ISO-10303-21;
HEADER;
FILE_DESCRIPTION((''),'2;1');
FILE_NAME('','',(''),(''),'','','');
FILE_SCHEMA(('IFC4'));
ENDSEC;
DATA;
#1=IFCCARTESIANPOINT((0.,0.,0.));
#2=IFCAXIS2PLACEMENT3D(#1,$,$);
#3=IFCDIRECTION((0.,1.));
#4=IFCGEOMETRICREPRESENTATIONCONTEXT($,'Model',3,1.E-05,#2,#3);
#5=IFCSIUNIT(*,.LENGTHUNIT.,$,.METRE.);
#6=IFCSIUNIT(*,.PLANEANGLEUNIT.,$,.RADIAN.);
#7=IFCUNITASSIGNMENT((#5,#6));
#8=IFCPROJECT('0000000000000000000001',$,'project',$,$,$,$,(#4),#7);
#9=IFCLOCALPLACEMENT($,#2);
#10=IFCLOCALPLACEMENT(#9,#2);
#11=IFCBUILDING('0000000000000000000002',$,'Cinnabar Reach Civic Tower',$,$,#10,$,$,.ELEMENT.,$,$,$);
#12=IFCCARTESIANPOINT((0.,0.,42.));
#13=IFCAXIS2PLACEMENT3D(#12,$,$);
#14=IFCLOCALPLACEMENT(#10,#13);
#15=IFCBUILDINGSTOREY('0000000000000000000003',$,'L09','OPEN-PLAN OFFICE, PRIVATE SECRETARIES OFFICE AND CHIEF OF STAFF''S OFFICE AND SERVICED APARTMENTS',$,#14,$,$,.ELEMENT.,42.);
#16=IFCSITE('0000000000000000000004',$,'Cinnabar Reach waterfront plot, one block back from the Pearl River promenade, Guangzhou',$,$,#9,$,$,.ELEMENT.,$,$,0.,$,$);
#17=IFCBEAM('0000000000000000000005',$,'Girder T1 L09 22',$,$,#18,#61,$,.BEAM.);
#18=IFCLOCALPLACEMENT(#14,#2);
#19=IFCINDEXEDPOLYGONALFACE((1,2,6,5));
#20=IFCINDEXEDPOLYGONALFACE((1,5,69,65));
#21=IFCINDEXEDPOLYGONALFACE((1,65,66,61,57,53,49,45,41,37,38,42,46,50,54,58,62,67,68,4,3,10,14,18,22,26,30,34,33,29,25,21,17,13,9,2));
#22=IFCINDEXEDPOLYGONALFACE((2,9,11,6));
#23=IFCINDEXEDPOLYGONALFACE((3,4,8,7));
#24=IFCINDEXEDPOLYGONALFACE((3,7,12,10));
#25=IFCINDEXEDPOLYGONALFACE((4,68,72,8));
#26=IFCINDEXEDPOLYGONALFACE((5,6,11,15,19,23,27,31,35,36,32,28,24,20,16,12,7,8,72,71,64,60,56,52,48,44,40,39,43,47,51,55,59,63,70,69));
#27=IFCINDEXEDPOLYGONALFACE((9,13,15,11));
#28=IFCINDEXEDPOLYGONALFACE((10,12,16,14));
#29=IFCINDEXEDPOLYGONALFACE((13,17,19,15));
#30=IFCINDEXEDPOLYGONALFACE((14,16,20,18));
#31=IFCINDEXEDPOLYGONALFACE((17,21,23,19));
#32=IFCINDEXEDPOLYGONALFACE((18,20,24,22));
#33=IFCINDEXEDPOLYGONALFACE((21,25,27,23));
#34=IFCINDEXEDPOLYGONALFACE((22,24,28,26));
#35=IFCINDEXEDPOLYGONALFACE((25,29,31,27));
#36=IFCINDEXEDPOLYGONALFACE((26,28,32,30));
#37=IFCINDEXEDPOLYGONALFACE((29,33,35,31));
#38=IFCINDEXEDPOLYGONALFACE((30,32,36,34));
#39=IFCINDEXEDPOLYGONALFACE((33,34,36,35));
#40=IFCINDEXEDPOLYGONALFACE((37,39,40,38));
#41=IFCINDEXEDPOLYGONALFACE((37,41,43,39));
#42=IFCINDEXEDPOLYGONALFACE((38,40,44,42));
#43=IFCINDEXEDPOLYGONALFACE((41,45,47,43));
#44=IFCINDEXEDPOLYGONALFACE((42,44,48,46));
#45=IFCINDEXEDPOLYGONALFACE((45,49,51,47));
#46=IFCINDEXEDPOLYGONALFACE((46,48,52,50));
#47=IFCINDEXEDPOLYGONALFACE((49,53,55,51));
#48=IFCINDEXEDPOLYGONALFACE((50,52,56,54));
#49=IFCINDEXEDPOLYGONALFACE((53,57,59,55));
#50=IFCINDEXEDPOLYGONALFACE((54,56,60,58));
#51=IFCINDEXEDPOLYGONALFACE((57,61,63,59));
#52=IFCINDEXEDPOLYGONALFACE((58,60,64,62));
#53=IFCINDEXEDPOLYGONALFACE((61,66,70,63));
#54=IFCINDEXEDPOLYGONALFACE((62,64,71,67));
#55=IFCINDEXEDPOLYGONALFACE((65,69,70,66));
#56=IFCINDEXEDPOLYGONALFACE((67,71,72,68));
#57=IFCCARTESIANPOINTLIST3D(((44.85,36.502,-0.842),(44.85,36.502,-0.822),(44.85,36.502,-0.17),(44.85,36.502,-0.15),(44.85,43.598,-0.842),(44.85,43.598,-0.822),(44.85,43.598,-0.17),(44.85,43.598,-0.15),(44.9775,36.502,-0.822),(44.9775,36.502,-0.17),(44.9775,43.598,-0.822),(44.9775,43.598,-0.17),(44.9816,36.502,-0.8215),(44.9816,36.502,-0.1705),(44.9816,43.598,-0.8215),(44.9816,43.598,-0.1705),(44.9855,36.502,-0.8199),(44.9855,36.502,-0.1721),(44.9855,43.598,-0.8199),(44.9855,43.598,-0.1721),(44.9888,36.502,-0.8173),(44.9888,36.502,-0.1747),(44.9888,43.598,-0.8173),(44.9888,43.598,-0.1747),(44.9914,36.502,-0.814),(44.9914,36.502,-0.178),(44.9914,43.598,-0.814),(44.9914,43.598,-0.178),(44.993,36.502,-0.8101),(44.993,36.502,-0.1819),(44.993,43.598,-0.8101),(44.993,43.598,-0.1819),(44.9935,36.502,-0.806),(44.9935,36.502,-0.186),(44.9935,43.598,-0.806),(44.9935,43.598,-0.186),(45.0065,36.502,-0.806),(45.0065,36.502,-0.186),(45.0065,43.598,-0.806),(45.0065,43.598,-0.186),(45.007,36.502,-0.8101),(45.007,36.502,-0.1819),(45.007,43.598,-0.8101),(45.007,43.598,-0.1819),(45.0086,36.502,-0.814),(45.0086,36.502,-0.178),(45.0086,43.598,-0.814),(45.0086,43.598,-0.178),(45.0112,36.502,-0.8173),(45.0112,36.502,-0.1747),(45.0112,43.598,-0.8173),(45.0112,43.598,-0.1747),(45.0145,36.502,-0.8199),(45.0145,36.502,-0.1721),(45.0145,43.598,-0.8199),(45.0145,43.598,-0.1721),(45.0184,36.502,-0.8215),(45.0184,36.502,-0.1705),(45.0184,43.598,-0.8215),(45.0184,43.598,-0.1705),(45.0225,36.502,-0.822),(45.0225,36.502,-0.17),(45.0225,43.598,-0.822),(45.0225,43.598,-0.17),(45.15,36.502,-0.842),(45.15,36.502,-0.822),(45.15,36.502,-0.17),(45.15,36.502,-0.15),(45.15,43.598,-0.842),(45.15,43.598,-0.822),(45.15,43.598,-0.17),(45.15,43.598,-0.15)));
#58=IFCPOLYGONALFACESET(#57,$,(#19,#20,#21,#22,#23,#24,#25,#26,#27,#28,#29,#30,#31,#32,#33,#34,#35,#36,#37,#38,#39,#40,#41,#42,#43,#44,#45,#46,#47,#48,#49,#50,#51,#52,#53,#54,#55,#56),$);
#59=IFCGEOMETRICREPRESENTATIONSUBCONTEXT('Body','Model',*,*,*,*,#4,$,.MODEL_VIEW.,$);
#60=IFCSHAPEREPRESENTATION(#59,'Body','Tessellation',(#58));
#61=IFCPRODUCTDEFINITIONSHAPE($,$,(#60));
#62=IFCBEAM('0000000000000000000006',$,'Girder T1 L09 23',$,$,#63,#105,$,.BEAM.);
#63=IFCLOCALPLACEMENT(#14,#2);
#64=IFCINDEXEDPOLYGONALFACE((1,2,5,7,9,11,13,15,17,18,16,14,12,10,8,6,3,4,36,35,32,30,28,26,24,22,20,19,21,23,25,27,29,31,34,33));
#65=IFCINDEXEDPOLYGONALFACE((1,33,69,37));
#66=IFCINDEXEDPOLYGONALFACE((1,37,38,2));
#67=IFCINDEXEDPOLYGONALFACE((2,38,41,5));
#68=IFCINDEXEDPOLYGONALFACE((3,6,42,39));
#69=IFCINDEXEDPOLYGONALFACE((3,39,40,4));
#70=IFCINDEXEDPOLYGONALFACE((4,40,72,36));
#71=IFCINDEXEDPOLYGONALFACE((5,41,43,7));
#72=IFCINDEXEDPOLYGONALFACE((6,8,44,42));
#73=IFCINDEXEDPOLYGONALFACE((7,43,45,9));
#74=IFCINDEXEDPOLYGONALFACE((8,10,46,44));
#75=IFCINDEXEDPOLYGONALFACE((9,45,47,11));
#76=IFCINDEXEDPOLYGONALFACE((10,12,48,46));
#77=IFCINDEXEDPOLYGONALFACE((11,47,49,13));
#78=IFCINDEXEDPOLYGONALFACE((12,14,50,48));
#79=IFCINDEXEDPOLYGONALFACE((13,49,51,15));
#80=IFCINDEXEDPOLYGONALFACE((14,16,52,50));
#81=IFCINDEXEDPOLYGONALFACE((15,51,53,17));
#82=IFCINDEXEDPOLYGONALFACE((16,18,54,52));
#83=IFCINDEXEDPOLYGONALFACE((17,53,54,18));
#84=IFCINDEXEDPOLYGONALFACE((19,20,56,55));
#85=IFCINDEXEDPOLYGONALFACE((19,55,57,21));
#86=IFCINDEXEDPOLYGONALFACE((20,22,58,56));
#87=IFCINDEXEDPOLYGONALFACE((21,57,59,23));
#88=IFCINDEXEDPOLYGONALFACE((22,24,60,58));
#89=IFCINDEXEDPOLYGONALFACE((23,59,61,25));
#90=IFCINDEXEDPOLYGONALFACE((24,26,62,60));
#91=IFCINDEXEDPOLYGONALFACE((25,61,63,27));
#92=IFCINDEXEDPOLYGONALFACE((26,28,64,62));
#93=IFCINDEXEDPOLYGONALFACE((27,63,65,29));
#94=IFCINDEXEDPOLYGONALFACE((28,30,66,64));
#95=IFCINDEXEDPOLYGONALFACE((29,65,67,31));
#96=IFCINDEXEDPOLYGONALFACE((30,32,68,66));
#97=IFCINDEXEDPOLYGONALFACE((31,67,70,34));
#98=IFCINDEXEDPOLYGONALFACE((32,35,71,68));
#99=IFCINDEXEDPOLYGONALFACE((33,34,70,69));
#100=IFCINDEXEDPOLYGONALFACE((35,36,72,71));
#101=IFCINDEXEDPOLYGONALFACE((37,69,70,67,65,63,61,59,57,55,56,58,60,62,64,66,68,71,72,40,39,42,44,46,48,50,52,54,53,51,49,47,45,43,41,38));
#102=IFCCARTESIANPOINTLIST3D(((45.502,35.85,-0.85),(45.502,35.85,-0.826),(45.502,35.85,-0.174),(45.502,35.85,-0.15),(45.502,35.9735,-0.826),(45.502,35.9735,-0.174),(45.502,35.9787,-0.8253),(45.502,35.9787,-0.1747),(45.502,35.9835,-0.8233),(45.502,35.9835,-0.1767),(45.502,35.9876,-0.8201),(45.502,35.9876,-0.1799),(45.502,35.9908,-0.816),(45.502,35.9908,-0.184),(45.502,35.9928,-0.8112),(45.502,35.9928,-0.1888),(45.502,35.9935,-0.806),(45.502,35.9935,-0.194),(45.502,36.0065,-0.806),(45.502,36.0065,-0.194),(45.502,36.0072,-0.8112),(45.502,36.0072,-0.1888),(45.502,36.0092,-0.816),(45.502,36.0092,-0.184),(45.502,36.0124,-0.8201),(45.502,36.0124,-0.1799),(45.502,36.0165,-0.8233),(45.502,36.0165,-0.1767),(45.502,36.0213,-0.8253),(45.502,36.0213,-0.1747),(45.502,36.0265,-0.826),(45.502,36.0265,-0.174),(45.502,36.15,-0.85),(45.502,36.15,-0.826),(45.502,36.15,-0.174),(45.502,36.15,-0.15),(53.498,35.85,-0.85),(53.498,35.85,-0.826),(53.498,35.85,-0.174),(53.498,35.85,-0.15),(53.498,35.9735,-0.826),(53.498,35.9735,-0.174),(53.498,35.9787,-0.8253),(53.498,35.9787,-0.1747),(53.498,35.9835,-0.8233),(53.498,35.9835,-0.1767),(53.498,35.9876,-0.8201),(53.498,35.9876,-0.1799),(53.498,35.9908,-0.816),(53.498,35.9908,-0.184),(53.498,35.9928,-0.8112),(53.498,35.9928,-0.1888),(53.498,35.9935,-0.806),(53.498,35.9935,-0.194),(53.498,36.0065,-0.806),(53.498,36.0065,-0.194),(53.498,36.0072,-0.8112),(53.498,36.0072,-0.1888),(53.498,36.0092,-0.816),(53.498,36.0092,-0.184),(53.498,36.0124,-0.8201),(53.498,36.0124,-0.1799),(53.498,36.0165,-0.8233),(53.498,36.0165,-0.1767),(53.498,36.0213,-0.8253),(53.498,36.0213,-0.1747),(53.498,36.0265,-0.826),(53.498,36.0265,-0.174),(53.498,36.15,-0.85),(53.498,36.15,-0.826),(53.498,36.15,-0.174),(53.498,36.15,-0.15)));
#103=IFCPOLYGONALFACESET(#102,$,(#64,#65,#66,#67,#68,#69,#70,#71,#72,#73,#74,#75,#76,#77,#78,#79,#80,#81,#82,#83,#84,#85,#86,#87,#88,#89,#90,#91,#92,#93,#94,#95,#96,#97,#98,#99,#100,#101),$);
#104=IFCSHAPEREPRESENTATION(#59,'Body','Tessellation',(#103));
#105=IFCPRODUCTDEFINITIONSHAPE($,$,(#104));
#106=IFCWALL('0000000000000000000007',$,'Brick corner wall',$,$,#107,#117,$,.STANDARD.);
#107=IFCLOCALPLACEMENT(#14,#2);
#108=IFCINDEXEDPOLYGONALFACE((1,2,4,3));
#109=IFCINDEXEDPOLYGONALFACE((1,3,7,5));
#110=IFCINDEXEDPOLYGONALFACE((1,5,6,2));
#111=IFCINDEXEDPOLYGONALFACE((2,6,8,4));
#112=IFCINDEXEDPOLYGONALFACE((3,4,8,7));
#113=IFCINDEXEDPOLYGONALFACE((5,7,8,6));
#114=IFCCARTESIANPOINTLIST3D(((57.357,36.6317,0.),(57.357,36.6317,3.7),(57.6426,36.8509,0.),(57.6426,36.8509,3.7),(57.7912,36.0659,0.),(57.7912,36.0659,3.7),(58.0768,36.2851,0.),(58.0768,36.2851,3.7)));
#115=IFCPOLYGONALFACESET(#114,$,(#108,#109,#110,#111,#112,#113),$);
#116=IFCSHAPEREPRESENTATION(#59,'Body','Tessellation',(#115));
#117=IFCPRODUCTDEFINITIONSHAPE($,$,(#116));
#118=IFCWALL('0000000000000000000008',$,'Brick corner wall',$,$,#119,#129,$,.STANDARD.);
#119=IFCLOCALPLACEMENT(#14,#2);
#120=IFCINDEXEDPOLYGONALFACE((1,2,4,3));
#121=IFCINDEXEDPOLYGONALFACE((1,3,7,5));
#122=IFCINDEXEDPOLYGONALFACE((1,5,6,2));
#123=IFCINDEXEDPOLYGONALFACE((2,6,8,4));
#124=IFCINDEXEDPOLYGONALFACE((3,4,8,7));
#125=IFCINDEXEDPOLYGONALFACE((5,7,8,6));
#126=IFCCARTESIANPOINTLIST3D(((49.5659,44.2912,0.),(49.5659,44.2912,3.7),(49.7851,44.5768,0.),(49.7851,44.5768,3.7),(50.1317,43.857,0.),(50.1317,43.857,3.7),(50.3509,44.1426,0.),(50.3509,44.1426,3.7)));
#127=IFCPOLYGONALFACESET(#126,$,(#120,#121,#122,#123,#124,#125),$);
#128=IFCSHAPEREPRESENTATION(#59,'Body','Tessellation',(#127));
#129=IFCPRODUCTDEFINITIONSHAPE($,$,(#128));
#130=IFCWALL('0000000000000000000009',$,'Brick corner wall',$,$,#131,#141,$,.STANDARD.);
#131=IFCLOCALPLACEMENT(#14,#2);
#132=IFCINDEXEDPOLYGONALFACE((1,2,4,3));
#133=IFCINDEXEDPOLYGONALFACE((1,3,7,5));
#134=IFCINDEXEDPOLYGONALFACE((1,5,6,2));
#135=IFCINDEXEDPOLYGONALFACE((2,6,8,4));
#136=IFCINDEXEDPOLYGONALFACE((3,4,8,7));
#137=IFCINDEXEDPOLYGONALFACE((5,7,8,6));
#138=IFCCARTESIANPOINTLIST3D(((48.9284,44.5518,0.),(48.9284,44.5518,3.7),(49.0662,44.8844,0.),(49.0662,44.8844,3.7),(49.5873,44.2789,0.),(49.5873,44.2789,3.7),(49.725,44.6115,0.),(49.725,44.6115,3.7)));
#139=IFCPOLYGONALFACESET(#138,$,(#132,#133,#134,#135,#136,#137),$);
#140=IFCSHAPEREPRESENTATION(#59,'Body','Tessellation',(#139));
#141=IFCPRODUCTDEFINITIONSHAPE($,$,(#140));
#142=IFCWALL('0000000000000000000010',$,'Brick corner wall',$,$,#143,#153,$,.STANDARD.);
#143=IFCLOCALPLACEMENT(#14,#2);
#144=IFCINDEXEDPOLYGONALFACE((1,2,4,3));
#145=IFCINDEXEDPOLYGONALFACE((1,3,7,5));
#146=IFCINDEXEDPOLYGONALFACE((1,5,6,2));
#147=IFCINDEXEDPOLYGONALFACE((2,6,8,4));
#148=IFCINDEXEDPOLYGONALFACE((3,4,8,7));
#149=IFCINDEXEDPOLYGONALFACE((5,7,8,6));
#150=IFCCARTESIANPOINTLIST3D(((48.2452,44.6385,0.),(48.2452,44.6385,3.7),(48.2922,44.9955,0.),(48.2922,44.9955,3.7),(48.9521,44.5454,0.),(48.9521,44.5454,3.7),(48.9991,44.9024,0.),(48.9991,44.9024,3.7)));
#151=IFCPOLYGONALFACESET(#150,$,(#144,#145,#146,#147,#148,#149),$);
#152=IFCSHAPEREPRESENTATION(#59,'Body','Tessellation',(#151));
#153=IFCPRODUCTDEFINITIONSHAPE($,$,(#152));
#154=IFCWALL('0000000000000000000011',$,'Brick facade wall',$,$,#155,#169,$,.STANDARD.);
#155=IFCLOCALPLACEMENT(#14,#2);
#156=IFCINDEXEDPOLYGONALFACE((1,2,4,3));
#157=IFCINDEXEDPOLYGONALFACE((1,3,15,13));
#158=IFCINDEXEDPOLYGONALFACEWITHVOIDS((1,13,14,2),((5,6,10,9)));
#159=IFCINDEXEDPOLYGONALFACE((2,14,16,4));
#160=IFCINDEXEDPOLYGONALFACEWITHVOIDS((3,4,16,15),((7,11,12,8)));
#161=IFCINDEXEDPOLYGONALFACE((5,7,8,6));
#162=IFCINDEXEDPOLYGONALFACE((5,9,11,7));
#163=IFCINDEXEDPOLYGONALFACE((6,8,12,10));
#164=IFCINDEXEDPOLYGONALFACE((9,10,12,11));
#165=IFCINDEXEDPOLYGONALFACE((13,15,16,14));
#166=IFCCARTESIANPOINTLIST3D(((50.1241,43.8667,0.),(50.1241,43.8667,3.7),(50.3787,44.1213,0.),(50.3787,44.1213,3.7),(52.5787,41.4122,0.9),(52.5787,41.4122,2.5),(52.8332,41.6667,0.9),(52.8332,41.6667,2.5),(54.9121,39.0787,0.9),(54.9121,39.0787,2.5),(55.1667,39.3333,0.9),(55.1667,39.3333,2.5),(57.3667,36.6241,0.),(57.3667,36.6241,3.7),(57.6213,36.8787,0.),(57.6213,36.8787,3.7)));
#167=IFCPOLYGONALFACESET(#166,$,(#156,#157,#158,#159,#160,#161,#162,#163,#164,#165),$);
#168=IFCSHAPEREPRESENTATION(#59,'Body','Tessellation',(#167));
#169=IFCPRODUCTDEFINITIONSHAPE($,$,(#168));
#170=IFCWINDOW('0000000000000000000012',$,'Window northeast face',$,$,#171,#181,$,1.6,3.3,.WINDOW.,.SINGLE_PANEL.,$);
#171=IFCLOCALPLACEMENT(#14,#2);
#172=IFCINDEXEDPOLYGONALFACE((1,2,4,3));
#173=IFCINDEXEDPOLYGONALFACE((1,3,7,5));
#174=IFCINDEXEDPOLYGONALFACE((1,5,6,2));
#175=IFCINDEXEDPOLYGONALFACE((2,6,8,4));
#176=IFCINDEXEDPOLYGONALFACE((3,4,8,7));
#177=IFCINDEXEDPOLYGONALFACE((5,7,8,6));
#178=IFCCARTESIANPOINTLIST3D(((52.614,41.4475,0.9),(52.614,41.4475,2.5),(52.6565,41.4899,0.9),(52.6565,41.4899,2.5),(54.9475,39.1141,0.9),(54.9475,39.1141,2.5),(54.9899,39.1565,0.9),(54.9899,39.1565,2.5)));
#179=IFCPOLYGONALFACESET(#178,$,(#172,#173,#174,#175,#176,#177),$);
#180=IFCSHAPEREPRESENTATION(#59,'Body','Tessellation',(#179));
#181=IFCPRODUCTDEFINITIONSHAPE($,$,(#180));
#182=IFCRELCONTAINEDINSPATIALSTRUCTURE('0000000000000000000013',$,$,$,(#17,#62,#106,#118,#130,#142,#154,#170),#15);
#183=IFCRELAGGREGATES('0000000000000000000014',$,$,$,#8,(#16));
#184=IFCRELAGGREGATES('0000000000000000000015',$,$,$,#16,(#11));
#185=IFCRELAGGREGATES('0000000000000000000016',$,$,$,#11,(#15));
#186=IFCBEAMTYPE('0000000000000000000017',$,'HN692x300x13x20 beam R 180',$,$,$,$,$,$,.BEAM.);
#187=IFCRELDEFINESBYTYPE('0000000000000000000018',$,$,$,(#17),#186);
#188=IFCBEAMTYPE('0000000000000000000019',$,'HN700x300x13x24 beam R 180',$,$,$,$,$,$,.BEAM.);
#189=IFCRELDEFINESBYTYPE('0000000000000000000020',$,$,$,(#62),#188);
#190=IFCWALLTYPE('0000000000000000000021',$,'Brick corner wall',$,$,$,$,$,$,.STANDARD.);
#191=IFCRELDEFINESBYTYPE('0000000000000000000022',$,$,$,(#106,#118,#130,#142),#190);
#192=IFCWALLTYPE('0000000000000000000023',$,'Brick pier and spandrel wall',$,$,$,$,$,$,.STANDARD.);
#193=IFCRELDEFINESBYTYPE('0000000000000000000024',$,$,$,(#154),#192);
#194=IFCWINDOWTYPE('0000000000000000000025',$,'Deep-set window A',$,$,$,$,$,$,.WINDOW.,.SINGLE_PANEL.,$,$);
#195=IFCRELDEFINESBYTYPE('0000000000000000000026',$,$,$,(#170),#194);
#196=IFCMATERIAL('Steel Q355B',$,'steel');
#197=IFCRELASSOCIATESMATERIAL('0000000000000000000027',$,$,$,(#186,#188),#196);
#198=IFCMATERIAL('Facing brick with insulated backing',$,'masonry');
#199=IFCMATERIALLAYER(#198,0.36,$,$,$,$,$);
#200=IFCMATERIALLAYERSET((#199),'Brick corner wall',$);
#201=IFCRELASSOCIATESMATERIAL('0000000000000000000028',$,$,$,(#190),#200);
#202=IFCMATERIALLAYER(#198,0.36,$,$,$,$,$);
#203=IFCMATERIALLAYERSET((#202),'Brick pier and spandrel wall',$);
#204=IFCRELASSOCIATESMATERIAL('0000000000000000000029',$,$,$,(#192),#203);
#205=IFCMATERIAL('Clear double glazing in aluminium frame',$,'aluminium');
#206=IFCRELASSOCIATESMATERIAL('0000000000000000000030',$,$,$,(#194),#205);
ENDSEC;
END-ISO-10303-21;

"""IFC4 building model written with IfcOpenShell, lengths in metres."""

from ifc_helpers import new_model, si_unit, direction, frame, frame_2d, origin, origin_2d, place, context, subcontext, project, spatial, rectangle, i_section, extrude, material, layer, layer_set, material_profile, profile_set, type_object, element, fill, save


model = new_model("IFC4")

# Units and contexts
model_context = context("Model", 3, precision=1e-05, world=origin(), true_north=direction((0.0, 1.0)))
body_context = subcontext(model_context, "Body", "Model", "MODEL_VIEW")
ifc_project = project(units=[si_unit("LENGTHUNIT", "METRE"), si_unit("PLANEANGLEUNIT", "RADIAN")], contexts=[model_context])

# Site, building, storey
site_placement = place(None, origin())
site = spatial("IfcSite", under=ifc_project, at=site_placement, Name="Cinnabar Reach waterfront plot, one block back from the Pearl River promenade, Guangzhou", CompositionType="ELEMENT", RefElevation=0.0)
building_placement = place(site_placement, origin())
building = spatial("IfcBuilding", under=site, at=building_placement, Name="Cinnabar Reach Civic Tower", CompositionType="ELEMENT")
storey_placement = place(building_placement, frame((0.0, 0.0, 42.0)))
storey = spatial("IfcBuildingStorey", under=building, at=storey_placement, Name="L09", Description="OPEN-PLAN OFFICE, PRIVATE SECRETARIES OFFICE AND CHIEF OF STAFF'S OFFICE AND SERVICED APARTMENTS", CompositionType="ELEMENT", Elevation=42.0)

# Beams
ifc_material_1 = material(Name="Steel Q355B", Category="steel")
ifc_material_profile_1 = material_profile(ifc_material_1, i_section(OverallWidth=0.3, OverallDepth=0.692, WebThickness=0.013, FlangeThickness=0.02, FilletRadius=0.016, at=origin_2d()), Name="HN692x300x13x20")
ifc_profile_set_1 = profile_set([ifc_material_profile_1], Name="Steel Q355B")
beam_type_1 = type_object("IfcBeamType", Name="HN692x300x13x20 beam R 180", PredefinedType="BEAM", material=ifc_profile_set_1)
beam_1_placement = place(storey_placement, frame((45.0, 36.502, -0.496), z_axis=(0.0, 1.0, 0.0), x_axis=(-1.0, 0.0, 0.0)))
element("IfcBeam", 1, at=beam_1_placement, inside=storey, type_object=beam_type_1, Name="Girder T1 L09 22", PredefinedType="BEAM", context=body_context, shape_type="SweptSolid", body=[
    extrude(i_section(OverallWidth=0.3, OverallDepth=0.692, WebThickness=0.013, FlangeThickness=0.02, FilletRadius=0.016, at=origin_2d()), origin(), (0.0, 0.0, 1.0), 7.096),
])
ifc_material_profile_2 = material_profile(ifc_material_1, i_section(OverallWidth=0.3, OverallDepth=0.7, WebThickness=0.013, FlangeThickness=0.024, FilletRadius=0.02, at=origin_2d()), Name="HN700x300x13x24")
ifc_profile_set_2 = profile_set([ifc_material_profile_2], Name="Steel Q355B")
beam_type_2 = type_object("IfcBeamType", Name="HN700x300x13x24 beam R 180", PredefinedType="BEAM", material=ifc_profile_set_2)
beam_2_placement = place(storey_placement, frame((45.502, 36.0, -0.5), z_axis=(1.0, 0.0, 0.0), x_axis=(0.0, 1.0, 0.0)))
element("IfcBeam", 2, at=beam_2_placement, inside=storey, type_object=beam_type_2, Name="Girder T1 L09 23", PredefinedType="BEAM", context=body_context, shape_type="SweptSolid", body=[
    extrude(i_section(OverallWidth=0.3, OverallDepth=0.7, WebThickness=0.013, FlangeThickness=0.024, FilletRadius=0.02, at=origin_2d()), origin(), (0.0, 0.0, 1.0), 7.996),
])

# Walls
ifc_material_2 = material(Name="Facing brick with insulated backing", Category="masonry")
ifc_layer_1 = layer(ifc_material_2, 0.36)
ifc_layer_set_1 = layer_set([ifc_layer_1], Name="Brick corner wall")
wall_type_1 = type_object("IfcWallType", Name="Brick corner wall", PredefinedType="STANDARD", material=ifc_layer_set_1)
for number, where, z_axis, x_axis, name in (
    (3, (57.934, 36.1755, 0.0), (0.0, 0.0, 1.0), (-0.608802, 0.793322, 0.0), "Brick corner wall"),
    (4, (50.2413, 43.9998, 0.0), (0.0, 0.0, 1.0), (-0.793322, 0.608802, 0.0), "Brick corner wall"),
):
    element("IfcWall", number, at=place(storey_placement, frame(where, z_axis=z_axis, x_axis=x_axis)), inside=storey, type_object=wall_type_1, Name=name, PredefinedType="STANDARD", context=body_context, shape_type="SweptSolid", body=[
        extrude(rectangle(XDim=0.7132, YDim=0.36, at=frame_2d((0.3566, 0.0))), origin(), (0.0, 0.0, 1.0), 3.7),
    ])
for number, where, z_axis, x_axis, name in (
    (5, (49.6561, 44.4452, 0.0), (0.0, 0.0, 1.0), (-0.923872, 0.382703, 0.0), "Brick corner wall"),
    (6, (48.9756, 44.7239, 0.0), (0.0, 0.0, 1.0), (-0.991441, 0.130556, 0.0), "Brick corner wall"),
):
    element("IfcWall", number, at=place(storey_placement, frame(where, z_axis=z_axis, x_axis=x_axis)), inside=storey, type_object=wall_type_1, Name=name, PredefinedType="STANDARD", context=body_context, shape_type="SweptSolid", body=[
        extrude(rectangle(XDim=0.7131, YDim=0.36, at=frame_2d((0.3565, 0.0))), origin(), (0.0, 0.0, 1.0), 3.7),
    ])

# Wall, opening, window
ifc_layer_2 = layer(ifc_material_2, 0.36)
ifc_layer_set_2 = layer_set([ifc_layer_2], Name="Brick pier and spandrel wall")
wall_type_2 = type_object("IfcWallType", Name="Brick pier and spandrel wall", PredefinedType="STANDARD", material=ifc_layer_set_2)
wall_1_placement = place(storey_placement, frame((57.494, 36.7514, 0.0), z_axis=(0.0, 0.0, 1.0), x_axis=(-0.707107, 0.707107, 0.0)))
wall_1 = element("IfcWall", 7, at=wall_1_placement, inside=storey, type_object=wall_type_2, Name="Brick facade wall", PredefinedType="STANDARD", context=body_context, shape_type="SweptSolid", body=[
    extrude(rectangle(XDim=10.2426, YDim=0.36, at=frame_2d((5.1213, 0.0))), origin(), (0.0, 0.0, 1.0), 3.7),
])
opening_1_placement = place(wall_1_placement, frame((3.4713, 0.0, 0.9)))
opening_1 = element("IfcOpeningElement", 8, at=opening_1_placement, cuts=wall_1, PredefinedType="OPENING", context=body_context, shape_type="SweptSolid", body=[
    extrude(rectangle(XDim=3.3, YDim=1.6, at=frame_2d((1.65, 0.8))), frame((0.0, 0.19, 0.0), z_axis=(0.0, -1.0, 0.0), x_axis=(1.0, 0.0, 0.0)), (0.0, 0.0, 1.0), 0.38),
])
ifc_material_3 = material(Name="Clear double glazing in aluminium frame", Category="aluminium")
window_type_1 = type_object("IfcWindowType", Name="Deep-set window A", PartitioningType="SINGLE_PANEL", PredefinedType="WINDOW", material=ifc_material_3)
window_1_placement = place(opening_1_placement, origin())
window_1 = element("IfcWindow", 9, at=window_1_placement, inside=storey, type_object=window_type_1, Name="Window northeast face", OverallHeight=1.6, OverallWidth=3.3, PartitioningType="SINGLE_PANEL", PredefinedType="WINDOW", context=body_context, shape_type="SweptSolid", body=[
    extrude(rectangle(XDim=3.3, YDim=1.6, at=frame_2d((1.65, 0.8))), frame((0.0, 0.13, 0.0), z_axis=(0.0, -1.0, 0.0), x_axis=(1.0, 0.0, 0.0)), (0.0, 0.0, 1.0), 0.06),
])
fill(opening_1, window_1)

save(model, "model.ifc")
